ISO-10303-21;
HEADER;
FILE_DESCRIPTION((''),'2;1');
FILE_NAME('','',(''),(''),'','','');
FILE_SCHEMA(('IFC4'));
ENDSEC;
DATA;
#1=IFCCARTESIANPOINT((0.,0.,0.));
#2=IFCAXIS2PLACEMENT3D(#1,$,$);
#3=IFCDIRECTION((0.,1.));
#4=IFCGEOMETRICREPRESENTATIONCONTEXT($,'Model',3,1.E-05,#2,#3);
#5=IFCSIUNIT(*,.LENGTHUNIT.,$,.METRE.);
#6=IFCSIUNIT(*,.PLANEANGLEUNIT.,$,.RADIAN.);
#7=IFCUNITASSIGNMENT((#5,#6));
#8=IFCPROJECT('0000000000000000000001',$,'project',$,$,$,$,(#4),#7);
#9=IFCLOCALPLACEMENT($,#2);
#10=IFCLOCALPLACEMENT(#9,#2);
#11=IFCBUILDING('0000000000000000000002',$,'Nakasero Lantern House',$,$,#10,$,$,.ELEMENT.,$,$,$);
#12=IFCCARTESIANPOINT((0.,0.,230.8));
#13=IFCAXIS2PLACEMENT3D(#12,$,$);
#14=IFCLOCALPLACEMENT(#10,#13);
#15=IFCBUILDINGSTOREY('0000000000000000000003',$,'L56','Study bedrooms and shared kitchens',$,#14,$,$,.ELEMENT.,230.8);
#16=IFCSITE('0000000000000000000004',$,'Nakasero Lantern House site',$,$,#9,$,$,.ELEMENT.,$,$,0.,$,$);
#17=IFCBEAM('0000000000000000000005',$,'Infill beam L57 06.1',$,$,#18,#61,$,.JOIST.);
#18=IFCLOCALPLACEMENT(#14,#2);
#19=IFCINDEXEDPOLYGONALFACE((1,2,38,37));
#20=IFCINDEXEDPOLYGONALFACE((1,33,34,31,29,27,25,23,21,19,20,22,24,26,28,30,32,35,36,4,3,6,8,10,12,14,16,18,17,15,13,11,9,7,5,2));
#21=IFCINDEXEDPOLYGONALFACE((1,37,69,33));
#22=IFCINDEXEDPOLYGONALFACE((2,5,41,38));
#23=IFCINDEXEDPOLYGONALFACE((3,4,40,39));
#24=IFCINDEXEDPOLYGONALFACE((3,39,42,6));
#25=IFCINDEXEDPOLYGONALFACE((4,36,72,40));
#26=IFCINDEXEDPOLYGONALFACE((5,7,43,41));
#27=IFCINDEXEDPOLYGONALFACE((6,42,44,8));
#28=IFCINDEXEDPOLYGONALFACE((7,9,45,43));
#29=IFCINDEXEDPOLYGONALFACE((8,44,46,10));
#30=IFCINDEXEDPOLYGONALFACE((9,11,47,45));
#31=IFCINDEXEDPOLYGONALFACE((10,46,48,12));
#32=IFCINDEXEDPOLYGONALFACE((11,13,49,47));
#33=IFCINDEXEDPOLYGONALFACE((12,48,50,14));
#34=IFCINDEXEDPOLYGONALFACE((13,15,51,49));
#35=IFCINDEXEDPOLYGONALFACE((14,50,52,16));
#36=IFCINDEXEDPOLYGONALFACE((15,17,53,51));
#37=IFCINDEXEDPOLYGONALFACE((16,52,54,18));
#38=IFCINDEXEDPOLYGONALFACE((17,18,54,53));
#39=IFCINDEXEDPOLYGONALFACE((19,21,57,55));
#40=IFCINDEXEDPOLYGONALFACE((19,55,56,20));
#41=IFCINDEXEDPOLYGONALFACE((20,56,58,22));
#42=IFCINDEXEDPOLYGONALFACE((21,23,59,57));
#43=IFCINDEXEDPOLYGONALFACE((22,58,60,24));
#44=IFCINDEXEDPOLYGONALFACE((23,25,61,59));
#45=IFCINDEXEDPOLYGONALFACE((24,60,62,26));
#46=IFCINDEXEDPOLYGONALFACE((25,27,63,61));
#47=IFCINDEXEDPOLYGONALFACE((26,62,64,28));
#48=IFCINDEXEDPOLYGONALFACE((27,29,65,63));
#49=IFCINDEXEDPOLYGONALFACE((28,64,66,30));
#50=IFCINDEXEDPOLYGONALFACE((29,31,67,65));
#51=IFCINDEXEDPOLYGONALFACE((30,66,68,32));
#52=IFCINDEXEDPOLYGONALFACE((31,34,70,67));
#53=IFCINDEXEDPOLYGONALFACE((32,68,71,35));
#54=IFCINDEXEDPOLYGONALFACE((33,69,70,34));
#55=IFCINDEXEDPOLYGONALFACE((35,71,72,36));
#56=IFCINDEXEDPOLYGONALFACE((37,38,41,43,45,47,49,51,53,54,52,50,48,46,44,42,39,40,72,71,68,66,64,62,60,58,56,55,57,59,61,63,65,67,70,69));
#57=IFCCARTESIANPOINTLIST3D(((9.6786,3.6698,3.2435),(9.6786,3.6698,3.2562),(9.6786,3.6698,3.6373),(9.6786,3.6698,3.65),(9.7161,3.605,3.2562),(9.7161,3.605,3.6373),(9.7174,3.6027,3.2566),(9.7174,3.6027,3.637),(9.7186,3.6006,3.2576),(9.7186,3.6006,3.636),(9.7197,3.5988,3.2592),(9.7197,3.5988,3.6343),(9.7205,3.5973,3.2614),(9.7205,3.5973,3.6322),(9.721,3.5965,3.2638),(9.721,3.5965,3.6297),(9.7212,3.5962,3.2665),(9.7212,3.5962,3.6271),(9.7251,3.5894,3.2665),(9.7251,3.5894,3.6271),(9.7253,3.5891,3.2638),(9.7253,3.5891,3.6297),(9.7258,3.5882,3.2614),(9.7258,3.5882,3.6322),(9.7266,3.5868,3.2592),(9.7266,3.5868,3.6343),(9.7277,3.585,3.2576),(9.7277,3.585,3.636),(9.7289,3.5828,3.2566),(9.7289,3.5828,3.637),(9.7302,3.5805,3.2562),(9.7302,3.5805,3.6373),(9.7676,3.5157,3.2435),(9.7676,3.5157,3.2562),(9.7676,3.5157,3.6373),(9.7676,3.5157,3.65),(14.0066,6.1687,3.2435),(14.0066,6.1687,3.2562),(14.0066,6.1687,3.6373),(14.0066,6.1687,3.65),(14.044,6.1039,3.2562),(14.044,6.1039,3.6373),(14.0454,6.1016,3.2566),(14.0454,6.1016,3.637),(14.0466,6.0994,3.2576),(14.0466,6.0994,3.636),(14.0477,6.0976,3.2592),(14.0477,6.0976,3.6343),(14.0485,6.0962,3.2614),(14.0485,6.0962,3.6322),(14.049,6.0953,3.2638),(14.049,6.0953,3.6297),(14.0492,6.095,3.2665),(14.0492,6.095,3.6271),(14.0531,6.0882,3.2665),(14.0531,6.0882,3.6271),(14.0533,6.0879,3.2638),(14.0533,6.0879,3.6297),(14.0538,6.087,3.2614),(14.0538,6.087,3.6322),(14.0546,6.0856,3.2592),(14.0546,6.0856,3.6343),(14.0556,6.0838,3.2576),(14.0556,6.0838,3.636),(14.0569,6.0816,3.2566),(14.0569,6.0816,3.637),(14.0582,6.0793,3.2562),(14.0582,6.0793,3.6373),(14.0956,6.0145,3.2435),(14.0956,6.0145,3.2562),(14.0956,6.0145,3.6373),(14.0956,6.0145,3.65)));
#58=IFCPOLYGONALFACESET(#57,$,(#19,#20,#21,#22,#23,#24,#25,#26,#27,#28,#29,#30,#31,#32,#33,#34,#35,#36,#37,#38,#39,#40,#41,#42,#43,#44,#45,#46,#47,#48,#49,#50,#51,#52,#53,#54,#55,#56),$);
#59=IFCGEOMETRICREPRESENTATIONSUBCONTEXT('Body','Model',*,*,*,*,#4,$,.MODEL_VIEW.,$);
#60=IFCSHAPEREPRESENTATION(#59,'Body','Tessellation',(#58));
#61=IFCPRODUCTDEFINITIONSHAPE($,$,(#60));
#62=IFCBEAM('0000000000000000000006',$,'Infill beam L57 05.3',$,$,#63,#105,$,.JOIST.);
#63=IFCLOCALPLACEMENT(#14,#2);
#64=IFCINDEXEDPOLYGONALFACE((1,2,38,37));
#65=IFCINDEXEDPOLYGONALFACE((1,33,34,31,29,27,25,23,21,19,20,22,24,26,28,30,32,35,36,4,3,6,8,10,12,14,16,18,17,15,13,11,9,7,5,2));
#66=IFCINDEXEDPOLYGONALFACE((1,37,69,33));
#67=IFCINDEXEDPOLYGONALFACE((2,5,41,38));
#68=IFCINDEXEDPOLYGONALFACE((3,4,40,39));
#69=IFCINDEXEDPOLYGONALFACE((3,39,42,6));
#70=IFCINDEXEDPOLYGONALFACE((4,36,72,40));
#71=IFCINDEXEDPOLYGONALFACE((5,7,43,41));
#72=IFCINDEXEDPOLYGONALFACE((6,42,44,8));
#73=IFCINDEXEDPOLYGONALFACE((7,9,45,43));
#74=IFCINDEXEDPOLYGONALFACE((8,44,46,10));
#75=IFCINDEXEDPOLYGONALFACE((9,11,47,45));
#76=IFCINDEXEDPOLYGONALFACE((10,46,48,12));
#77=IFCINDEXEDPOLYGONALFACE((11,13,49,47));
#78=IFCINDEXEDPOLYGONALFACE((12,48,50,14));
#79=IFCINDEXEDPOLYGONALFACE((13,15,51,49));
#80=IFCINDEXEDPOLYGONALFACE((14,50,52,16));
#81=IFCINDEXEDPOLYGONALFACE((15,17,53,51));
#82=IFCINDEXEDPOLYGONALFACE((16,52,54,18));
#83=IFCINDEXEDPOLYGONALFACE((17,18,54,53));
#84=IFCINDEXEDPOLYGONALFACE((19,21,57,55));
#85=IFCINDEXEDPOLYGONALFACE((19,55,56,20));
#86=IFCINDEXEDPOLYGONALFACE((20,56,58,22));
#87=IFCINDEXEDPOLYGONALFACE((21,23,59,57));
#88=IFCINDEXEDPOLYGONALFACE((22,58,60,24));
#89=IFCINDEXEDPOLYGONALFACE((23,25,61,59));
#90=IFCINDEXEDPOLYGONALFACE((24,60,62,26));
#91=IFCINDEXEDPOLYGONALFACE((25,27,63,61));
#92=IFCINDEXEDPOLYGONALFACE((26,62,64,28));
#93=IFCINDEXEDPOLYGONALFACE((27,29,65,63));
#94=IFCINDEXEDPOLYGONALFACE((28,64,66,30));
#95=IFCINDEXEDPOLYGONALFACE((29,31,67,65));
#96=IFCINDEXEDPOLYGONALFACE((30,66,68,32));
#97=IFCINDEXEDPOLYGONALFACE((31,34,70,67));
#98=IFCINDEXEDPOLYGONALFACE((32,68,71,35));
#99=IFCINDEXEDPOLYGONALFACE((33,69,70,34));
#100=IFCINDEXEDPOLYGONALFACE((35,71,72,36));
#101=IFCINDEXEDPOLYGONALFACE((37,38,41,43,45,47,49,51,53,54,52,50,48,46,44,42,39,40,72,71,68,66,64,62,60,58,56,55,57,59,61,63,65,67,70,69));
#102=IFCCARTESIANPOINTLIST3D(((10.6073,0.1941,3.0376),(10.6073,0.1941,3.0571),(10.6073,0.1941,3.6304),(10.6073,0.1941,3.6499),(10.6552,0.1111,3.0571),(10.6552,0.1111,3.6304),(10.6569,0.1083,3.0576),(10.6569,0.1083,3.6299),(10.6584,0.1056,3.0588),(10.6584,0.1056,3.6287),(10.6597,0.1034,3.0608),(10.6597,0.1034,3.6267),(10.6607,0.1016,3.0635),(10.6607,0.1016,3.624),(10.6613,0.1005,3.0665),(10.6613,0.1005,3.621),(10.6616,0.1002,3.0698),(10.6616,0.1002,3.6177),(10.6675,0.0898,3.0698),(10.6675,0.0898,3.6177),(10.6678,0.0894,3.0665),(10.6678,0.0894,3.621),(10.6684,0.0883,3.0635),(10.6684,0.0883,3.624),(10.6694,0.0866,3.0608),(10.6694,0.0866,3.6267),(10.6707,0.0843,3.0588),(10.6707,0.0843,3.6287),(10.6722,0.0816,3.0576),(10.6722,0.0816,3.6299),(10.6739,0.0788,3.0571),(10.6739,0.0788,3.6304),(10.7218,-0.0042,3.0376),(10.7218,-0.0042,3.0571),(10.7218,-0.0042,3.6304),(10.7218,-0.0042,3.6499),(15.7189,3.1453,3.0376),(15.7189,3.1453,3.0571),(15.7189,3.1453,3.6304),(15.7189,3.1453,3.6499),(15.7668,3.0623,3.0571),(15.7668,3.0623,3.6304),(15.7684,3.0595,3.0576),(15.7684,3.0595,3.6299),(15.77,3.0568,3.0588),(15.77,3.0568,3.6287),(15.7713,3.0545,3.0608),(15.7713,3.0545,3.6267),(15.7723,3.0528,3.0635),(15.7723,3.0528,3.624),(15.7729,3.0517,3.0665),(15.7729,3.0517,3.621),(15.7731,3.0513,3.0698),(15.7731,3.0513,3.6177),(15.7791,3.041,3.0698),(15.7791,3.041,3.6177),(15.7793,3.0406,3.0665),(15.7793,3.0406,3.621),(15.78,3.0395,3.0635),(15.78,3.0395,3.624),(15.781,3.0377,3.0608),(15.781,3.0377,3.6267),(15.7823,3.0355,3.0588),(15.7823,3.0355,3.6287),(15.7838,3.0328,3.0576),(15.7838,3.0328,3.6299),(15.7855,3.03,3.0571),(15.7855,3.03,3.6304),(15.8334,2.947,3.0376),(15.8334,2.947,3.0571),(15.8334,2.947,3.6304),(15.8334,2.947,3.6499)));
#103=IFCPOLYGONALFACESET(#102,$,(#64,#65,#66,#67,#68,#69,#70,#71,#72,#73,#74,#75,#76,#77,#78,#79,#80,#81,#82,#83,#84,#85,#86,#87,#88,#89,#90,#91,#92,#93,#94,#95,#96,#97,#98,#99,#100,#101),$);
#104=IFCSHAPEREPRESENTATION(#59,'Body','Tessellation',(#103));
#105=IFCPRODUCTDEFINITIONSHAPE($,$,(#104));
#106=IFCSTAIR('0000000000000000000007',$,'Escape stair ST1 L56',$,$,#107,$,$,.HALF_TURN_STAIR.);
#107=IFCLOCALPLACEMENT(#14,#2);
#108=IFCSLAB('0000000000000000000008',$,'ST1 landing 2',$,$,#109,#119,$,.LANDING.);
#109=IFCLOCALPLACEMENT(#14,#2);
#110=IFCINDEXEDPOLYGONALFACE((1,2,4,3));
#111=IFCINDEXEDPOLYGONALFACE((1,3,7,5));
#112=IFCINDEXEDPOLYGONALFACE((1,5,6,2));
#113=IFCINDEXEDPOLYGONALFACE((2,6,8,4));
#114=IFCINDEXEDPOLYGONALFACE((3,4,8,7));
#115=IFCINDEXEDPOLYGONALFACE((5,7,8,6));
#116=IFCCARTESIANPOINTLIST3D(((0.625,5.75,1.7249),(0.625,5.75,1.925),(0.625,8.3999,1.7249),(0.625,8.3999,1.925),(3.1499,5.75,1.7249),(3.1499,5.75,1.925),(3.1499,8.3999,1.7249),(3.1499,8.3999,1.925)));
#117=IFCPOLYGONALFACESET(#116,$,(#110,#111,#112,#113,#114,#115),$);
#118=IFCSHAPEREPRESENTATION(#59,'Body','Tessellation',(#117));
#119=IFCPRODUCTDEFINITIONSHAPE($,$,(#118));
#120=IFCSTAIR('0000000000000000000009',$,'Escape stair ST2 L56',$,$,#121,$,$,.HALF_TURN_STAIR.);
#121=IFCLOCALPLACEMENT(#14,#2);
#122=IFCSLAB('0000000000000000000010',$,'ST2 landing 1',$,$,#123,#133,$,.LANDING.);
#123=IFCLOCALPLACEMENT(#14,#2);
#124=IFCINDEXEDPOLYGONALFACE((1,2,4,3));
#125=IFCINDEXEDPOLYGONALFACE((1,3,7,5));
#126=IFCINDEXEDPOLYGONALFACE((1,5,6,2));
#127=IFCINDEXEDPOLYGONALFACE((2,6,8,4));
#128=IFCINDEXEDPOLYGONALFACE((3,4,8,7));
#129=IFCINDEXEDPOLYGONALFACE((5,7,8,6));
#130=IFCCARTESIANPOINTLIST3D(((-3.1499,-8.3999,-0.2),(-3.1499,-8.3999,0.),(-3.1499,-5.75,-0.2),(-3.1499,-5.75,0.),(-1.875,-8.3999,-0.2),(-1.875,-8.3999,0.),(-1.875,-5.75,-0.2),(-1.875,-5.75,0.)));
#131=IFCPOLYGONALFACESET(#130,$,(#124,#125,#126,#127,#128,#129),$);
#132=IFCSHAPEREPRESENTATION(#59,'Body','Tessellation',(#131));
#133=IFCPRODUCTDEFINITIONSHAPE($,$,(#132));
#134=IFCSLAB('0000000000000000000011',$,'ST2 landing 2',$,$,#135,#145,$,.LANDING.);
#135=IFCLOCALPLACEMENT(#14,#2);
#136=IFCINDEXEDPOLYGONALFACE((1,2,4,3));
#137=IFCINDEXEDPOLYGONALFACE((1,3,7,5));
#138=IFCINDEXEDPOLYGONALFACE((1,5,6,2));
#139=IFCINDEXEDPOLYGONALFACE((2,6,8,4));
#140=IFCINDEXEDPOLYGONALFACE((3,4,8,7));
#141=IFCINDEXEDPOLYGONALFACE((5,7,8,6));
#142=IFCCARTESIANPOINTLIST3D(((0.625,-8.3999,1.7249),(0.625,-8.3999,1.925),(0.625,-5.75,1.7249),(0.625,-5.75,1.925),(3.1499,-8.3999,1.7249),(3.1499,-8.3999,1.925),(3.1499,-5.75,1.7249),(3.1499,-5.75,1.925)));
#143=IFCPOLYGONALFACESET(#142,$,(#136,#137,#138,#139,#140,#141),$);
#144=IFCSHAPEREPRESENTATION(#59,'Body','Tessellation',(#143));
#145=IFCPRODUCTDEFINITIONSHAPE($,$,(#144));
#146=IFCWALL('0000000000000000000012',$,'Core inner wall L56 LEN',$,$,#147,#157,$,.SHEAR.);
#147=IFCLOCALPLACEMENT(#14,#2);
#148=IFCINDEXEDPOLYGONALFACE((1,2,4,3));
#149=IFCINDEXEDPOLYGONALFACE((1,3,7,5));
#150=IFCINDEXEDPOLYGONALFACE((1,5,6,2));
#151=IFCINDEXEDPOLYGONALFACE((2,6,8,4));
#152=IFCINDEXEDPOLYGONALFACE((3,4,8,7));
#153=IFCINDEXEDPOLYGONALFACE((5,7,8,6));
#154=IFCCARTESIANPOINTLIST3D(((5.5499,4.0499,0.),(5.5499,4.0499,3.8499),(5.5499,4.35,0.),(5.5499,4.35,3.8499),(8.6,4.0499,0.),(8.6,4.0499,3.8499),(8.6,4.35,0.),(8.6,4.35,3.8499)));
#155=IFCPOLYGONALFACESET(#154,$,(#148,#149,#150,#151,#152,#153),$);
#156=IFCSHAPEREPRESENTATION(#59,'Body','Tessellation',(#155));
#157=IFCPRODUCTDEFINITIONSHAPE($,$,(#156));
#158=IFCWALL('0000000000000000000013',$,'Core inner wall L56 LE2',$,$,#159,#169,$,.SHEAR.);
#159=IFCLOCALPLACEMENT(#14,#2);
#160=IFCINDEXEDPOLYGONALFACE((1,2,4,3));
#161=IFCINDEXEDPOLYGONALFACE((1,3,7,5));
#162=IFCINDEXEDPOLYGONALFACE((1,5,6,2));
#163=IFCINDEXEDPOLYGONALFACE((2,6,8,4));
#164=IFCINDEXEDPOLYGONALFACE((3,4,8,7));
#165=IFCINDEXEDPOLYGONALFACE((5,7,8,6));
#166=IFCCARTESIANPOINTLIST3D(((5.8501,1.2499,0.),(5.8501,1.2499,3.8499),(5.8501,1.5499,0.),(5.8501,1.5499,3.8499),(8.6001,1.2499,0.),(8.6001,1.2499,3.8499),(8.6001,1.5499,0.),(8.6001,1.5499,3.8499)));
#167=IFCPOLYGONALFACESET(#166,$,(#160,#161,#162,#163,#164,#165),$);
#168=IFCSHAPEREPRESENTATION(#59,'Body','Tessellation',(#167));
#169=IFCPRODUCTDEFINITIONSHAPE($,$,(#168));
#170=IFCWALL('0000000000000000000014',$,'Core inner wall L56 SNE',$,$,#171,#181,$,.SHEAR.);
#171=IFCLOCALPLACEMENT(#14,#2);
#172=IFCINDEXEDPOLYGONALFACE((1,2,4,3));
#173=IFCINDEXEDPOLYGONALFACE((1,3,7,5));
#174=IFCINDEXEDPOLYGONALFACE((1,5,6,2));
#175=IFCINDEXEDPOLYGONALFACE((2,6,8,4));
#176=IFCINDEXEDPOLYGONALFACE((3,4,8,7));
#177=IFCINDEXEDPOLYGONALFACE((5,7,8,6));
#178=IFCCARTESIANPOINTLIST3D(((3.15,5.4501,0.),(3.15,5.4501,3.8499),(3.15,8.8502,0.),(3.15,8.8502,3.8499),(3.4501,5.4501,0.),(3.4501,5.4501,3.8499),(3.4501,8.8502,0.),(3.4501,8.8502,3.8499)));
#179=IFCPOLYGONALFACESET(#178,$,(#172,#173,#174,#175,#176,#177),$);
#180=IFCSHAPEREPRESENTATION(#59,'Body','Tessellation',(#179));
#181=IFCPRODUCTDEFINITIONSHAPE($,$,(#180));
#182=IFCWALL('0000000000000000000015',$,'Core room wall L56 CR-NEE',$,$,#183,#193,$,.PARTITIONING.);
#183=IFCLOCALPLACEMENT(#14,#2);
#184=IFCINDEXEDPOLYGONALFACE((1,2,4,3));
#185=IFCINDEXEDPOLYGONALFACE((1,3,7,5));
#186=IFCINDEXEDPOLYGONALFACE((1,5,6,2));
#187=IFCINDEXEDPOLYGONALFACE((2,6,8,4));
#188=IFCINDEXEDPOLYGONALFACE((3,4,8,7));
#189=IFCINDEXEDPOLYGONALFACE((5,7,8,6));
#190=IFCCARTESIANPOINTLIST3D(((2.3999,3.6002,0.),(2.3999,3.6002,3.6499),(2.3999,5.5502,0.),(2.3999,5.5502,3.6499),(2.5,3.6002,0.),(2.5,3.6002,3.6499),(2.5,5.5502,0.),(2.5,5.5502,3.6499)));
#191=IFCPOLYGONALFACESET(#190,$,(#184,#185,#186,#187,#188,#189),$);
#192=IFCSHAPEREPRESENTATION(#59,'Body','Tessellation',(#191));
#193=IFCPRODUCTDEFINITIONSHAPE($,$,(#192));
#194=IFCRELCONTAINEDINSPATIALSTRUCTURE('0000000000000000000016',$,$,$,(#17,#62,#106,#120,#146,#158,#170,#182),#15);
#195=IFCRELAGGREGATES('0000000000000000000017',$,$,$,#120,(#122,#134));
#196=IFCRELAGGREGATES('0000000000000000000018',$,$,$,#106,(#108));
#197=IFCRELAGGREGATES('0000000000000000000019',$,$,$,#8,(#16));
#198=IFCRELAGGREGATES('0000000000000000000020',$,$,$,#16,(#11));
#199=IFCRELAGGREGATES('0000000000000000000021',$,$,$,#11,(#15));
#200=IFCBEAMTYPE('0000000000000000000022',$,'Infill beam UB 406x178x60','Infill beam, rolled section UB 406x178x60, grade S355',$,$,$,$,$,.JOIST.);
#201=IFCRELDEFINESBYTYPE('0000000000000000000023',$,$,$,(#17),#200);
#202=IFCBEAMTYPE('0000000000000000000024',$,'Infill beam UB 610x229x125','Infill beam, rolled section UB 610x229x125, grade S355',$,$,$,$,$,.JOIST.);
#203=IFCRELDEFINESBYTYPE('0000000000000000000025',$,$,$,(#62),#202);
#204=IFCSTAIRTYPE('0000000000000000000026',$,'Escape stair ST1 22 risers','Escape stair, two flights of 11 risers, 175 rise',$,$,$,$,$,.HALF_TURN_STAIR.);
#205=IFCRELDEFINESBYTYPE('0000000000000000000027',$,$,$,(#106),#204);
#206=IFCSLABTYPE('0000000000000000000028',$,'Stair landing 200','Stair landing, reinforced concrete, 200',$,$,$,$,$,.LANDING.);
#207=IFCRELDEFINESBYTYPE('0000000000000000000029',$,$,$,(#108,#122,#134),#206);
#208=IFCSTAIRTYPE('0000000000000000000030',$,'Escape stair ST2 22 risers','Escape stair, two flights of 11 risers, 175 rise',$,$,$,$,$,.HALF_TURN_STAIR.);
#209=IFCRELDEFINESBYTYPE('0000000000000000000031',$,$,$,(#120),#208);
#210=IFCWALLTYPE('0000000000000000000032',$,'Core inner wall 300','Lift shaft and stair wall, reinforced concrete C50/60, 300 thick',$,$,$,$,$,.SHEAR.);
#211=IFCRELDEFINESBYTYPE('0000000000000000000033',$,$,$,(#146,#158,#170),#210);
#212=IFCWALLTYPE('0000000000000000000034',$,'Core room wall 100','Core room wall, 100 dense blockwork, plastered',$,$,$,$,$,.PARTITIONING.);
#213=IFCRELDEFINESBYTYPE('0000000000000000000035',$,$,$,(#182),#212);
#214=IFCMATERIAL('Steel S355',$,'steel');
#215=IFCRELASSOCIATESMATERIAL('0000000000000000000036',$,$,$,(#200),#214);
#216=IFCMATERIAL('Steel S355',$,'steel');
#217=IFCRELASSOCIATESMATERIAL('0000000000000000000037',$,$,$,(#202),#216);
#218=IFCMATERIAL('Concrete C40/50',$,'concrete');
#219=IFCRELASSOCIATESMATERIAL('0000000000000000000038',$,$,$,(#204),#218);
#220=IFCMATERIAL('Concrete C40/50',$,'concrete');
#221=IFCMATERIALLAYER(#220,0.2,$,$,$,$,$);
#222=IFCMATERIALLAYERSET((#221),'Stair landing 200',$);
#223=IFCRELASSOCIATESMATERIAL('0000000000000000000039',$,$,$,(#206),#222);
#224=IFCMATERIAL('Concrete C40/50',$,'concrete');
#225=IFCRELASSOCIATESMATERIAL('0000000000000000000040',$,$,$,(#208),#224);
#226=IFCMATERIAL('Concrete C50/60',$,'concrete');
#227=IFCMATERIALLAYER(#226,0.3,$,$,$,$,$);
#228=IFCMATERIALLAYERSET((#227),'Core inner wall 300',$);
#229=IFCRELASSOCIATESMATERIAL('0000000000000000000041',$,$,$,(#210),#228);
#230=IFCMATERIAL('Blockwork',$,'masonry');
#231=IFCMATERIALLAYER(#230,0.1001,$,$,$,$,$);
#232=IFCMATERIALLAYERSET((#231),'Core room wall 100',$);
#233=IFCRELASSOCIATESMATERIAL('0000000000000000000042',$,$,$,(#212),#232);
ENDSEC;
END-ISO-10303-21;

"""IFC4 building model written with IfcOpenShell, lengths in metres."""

from ifc_helpers import new_model, si_unit, direction, frame, frame_2d, origin, origin_2d, place, context, subcontext, project, spatial, polyline, rectangle, i_section, outline, extrude, material, layer, layer_set, material_profile, profile_set, type_object, element, aggregate, save


model = new_model("IFC4")

# Units and contexts
model_context = context("Model", 3, precision=1e-05, world=origin(), true_north=direction((0.0, 1.0)))
body_context = subcontext(model_context, "Body", "Model", "MODEL_VIEW")
ifc_project = project(units=[si_unit("LENGTHUNIT", "METRE"), si_unit("PLANEANGLEUNIT", "RADIAN")], contexts=[model_context])

# Site, building, storey
site_placement = place(None, origin())
site = spatial("IfcSite", under=ifc_project, at=site_placement, Name="Nakasero Lantern House site", CompositionType="ELEMENT", RefElevation=0.0)
building_placement = place(site_placement, origin())
building = spatial("IfcBuilding", under=site, at=building_placement, Name="Nakasero Lantern House", CompositionType="ELEMENT")
storey_placement = place(building_placement, frame((0.0, 0.0, 230.8)))
storey = spatial("IfcBuildingStorey", under=building, at=storey_placement, Name="L56", Description="Study bedrooms and shared kitchens", CompositionType="ELEMENT", Elevation=230.8)

# Beams
ifc_material_1 = material(Name="Steel S355", Category="steel")
ifc_material_profile_1 = material_profile(ifc_material_1, i_section(OverallWidth=0.178, OverallDepth=0.4065, WebThickness=0.0078, FlangeThickness=0.0127, FilletRadius=0.0103, at=origin_2d()), Name="UB 406x178x60")
ifc_profile_set_1 = profile_set([ifc_material_profile_1], Name="Steel S355")
beam_type_1 = type_object("IfcBeamType", Name="Infill beam UB 406x178x60", Description="Infill beam, rolled section UB 406x178x60, grade S355", PredefinedType="JOIST", material=ifc_profile_set_1)
beam_1_placement = place(storey_placement, frame((9.7231, 3.5928, 3.4468), z_axis=(0.866019, 0.500011, 0.0), x_axis=(-0.500011, 0.866019, 0.0)))
element("IfcBeam", 1, at=beam_1_placement, inside=storey, type_object=beam_type_1, Name="Infill beam L57 06.1", PredefinedType="JOIST", context=body_context, shape_type="SweptSolid", body=[
    extrude(i_section(OverallWidth=0.178, OverallDepth=0.4065, WebThickness=0.0078, FlangeThickness=0.0127, FilletRadius=0.0103, at=origin_2d()), origin(), (0.0, 0.0, 1.0), 4.9976),
])
ifc_material_2 = material(Name="Steel S355", Category="steel")
ifc_material_profile_2 = material_profile(ifc_material_2, i_section(OverallWidth=0.229, OverallDepth=0.6123, WebThickness=0.012, FlangeThickness=0.0195, FilletRadius=0.0127, at=origin_2d()), Name="UB 610x229x125")
ifc_profile_set_2 = profile_set([ifc_material_profile_2], Name="Steel S355")
beam_type_2 = type_object("IfcBeamType", Name="Infill beam UB 610x229x125", Description="Infill beam, rolled section UB 610x229x125, grade S355", PredefinedType="JOIST", material=ifc_profile_set_2)
beam_2_placement = place(storey_placement, frame((10.6646, 0.095, 3.3438), z_axis=(0.866025, 0.500001, 0.0), x_axis=(-0.500001, 0.866025, 0.0)))
element("IfcBeam", 2, at=beam_2_placement, inside=storey, type_object=beam_type_2, Name="Infill beam L57 05.3", PredefinedType="JOIST", context=body_context, shape_type="SweptSolid", body=[
    extrude(i_section(OverallWidth=0.229, OverallDepth=0.6123, WebThickness=0.012, FlangeThickness=0.0195, FilletRadius=0.0127, at=origin_2d()), origin(), (0.0, 0.0, 1.0), 5.9023),
])

# Stair, slab
ifc_material_3 = material(Name="Concrete C40/50", Category="concrete")
stair_type_1 = type_object("IfcStairType", Name="Escape stair ST1 22 risers", Description="Escape stair, two flights of 11 risers, 175 rise", PredefinedType="HALF_TURN_STAIR", material=ifc_material_3)
stair_1_placement = place(storey_placement, origin())
stair_1 = element("IfcStair", 3, at=stair_1_placement, inside=storey, type_object=stair_type_1, Name="Escape stair ST1 L56", PredefinedType="HALF_TURN_STAIR")
ifc_material_4 = material(Name="Concrete C40/50", Category="concrete")
ifc_layer_1 = layer(ifc_material_4, 0.2)
ifc_layer_set_1 = layer_set([ifc_layer_1], Name="Stair landing 200")
slab_type = type_object("IfcSlabType", Name="Stair landing 200", Description="Stair landing, reinforced concrete, 200", PredefinedType="LANDING", material=ifc_layer_set_1)
slab_1_placement = place(storey_placement, frame((0.0, 0.0, 1.7249)))
slab_1 = element("IfcSlab", 4, at=slab_1_placement, type_object=slab_type, Name="ST1 landing 2", PredefinedType="LANDING", context=body_context, shape_type="SweptSolid", body=[
    extrude(outline(polyline([(0.625, 5.75), (3.1499, 5.75), (3.1499, 8.3999), (0.625, 8.3999), (0.625, 5.75)])), origin(), (0.0, 0.0, 1.0), 0.2002),
])

# Stair, slabs
ifc_material_5 = material(Name="Concrete C40/50", Category="concrete")
stair_type_2 = type_object("IfcStairType", Name="Escape stair ST2 22 risers", Description="Escape stair, two flights of 11 risers, 175 rise", PredefinedType="HALF_TURN_STAIR", material=ifc_material_5)
stair_2_placement = place(storey_placement, origin())
stair_2 = element("IfcStair", 5, at=stair_2_placement, inside=storey, type_object=stair_type_2, Name="Escape stair ST2 L56", PredefinedType="HALF_TURN_STAIR")
slab_2_placement = place(storey_placement, frame((0.0, 0.0, -0.2)))
slab_2 = element("IfcSlab", 6, at=slab_2_placement, type_object=slab_type, Name="ST2 landing 1", PredefinedType="LANDING", context=body_context, shape_type="SweptSolid", body=[
    extrude(outline(polyline([(-3.1499, -8.3999), (-1.875, -8.3999), (-1.875, -5.75), (-3.1499, -5.75), (-3.1499, -8.3999)])), origin(), (0.0, 0.0, 1.0), 0.2),
])
slab_3_placement = place(storey_placement, frame((0.0, 0.0, 1.7249)))
slab_3 = element("IfcSlab", 7, at=slab_3_placement, type_object=slab_type, Name="ST2 landing 2", PredefinedType="LANDING", context=body_context, shape_type="SweptSolid", body=[
    extrude(outline(polyline([(0.625, -8.3999), (3.1499, -8.3999), (3.1499, -5.75), (0.625, -5.75), (0.625, -8.3999)])), origin(), (0.0, 0.0, 1.0), 0.2002),
])
aggregate(stair_2, [slab_2, slab_3])

# Walls
ifc_material_6 = material(Name="Concrete C50/60", Category="concrete")
ifc_layer_2 = layer(ifc_material_6, 0.3)
ifc_layer_set_2 = layer_set([ifc_layer_2], Name="Core inner wall 300")
wall_type_1 = type_object("IfcWallType", Name="Core inner wall 300", Description="Lift shaft and stair wall, reinforced concrete C50/60, 300 thick", PredefinedType="SHEAR", material=ifc_layer_set_2)
wall_1_placement = place(storey_placement, frame((5.55, 4.2, 0.0), z_axis=(0.0, 0.0, 1.0), x_axis=(1.0, 0.0, 0.0)))
element("IfcWall", 8, at=wall_1_placement, inside=storey, type_object=wall_type_1, Name="Core inner wall L56 LEN", PredefinedType="SHEAR", context=body_context, shape_type="SweptSolid", body=[
    extrude(rectangle(XDim=3.05, YDim=0.3, at=frame_2d((1.5249, 0.0))), origin(), (0.0, 0.0, 1.0), 3.8499),
])
wall_2_placement = place(storey_placement, frame((5.8501, 1.3999, 0.0), z_axis=(0.0, 0.0, 1.0), x_axis=(1.0, 0.0, 0.0)))
element("IfcWall", 9, at=wall_2_placement, inside=storey, type_object=wall_type_1, Name="Core inner wall L56 LE2", PredefinedType="SHEAR", context=body_context, shape_type="SweptSolid", body=[
    extrude(rectangle(XDim=2.75, YDim=0.3, at=frame_2d((1.375, 0.0))), origin(), (0.0, 0.0, 1.0), 3.8499),
])
wall_3_placement = place(storey_placement, frame((3.3, 5.45, 0.0), z_axis=(0.0, 0.0, 1.0), x_axis=(0.0, 1.0, 0.0)))
element("IfcWall", 10, at=wall_3_placement, inside=storey, type_object=wall_type_1, Name="Core inner wall L56 SNE", PredefinedType="SHEAR", context=body_context, shape_type="SweptSolid", body=[
    extrude(rectangle(XDim=3.4001, YDim=0.3, at=frame_2d((1.7002, 0.0))), origin(), (0.0, 0.0, 1.0), 3.8499),
])
ifc_material_7 = material(Name="Blockwork", Category="masonry")
ifc_layer_3 = layer(ifc_material_7, 0.1001)
ifc_layer_set_3 = layer_set([ifc_layer_3], Name="Core room wall 100")
wall_type_2 = type_object("IfcWallType", Name="Core room wall 100", Description="Core room wall, 100 dense blockwork, plastered", PredefinedType="PARTITIONING", material=ifc_layer_set_3)
wall_4_placement = place(storey_placement, frame((2.45, 3.6001, 0.0), z_axis=(0.0, 0.0, 1.0), x_axis=(0.0, 1.0, 0.0)))
element("IfcWall", 11, at=wall_4_placement, inside=storey, type_object=wall_type_2, Name="Core room wall L56 CR-NEE", PredefinedType="PARTITIONING", context=body_context, shape_type="SweptSolid", body=[
    extrude(rectangle(XDim=1.95, YDim=0.1001, at=frame_2d((0.9751, 0.0))), origin(), (0.0, 0.0, 1.0), 3.6499),
])

aggregate(stair_1, [slab_1])

save(model, "model.ifc")
